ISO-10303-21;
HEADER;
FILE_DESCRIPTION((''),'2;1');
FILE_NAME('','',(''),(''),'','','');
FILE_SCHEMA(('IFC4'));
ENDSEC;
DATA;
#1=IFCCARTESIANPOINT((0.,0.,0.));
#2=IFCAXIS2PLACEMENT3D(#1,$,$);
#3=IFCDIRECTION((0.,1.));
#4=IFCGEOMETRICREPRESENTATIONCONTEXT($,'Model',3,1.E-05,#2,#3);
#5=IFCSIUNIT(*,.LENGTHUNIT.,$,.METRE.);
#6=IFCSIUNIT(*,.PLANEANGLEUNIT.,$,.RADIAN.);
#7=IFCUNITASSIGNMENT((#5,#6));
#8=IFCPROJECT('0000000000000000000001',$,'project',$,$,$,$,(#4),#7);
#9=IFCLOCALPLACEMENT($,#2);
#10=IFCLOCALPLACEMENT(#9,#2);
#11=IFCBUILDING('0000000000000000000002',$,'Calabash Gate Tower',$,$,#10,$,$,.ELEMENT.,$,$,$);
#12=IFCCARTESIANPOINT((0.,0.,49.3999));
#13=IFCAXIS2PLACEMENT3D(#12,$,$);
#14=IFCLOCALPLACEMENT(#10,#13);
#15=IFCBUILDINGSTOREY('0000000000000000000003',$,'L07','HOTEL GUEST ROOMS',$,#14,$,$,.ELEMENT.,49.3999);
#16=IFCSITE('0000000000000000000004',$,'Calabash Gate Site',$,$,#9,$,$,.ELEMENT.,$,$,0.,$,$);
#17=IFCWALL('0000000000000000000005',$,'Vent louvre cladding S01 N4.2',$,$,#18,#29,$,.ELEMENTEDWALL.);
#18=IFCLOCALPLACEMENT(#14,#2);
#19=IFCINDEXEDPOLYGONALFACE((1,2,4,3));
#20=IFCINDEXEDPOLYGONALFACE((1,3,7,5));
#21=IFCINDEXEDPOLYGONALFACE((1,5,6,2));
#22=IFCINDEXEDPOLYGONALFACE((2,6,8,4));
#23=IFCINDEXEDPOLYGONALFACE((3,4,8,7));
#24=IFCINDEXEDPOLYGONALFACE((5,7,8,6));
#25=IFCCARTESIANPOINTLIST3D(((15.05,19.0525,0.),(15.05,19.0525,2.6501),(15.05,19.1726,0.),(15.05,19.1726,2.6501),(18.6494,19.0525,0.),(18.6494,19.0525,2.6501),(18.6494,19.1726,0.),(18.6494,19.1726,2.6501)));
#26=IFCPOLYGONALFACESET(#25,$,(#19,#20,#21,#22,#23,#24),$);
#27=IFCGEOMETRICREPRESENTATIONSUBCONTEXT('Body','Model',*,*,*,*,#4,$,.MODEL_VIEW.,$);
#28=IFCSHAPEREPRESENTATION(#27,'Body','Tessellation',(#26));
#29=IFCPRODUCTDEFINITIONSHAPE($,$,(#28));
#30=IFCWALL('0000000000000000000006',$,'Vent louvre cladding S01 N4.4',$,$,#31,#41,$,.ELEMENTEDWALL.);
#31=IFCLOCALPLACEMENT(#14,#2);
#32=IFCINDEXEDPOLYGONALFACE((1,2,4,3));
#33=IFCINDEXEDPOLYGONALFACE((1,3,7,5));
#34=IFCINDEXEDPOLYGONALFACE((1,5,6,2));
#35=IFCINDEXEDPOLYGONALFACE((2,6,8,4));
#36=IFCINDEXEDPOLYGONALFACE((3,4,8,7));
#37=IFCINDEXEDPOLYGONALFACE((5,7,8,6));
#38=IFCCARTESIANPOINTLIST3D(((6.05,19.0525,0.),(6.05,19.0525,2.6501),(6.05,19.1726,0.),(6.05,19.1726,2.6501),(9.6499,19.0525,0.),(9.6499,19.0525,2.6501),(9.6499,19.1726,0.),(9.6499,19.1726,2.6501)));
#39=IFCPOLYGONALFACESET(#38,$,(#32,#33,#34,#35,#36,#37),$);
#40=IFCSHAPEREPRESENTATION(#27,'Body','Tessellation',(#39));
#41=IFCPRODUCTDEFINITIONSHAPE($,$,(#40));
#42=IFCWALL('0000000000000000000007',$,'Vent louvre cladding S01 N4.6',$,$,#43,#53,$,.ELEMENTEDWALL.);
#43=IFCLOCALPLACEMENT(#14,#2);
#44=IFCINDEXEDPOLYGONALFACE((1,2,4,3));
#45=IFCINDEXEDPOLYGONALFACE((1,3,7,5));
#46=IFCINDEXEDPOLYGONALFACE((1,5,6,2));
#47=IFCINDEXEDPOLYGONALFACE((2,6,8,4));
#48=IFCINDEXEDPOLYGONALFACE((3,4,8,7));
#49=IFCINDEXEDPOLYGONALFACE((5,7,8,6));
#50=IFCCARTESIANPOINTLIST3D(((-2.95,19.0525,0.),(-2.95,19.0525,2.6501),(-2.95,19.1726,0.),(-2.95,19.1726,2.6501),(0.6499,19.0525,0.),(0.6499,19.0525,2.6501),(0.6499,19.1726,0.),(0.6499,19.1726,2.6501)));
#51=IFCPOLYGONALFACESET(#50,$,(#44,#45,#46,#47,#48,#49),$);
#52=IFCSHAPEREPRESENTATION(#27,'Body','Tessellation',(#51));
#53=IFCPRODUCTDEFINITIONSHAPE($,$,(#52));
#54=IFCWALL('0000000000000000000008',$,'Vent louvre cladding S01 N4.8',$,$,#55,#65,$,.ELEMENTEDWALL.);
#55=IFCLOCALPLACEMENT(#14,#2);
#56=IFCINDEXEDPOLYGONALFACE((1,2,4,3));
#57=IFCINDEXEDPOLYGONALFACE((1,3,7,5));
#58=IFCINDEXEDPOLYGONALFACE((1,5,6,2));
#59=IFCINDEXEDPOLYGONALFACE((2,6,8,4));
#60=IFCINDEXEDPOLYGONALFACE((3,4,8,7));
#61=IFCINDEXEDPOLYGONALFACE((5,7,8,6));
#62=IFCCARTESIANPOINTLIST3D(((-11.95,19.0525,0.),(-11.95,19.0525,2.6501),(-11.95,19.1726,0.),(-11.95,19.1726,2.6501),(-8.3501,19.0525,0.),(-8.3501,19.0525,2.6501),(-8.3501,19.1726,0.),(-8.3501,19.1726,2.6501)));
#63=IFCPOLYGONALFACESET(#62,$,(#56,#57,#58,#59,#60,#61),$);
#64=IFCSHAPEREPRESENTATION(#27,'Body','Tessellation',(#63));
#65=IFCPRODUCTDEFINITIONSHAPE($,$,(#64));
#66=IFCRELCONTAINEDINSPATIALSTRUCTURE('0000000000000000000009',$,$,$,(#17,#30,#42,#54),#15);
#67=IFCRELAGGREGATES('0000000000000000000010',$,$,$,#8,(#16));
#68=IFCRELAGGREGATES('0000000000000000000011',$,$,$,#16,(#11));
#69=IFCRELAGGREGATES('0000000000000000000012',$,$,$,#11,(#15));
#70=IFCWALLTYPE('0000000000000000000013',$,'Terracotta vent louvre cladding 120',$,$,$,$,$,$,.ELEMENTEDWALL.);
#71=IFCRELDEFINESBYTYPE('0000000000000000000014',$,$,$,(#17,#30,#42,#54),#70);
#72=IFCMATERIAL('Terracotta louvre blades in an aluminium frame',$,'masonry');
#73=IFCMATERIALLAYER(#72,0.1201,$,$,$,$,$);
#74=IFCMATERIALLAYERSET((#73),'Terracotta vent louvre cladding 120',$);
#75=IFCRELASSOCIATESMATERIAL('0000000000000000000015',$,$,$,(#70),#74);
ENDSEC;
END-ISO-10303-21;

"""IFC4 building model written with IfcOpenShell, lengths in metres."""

from ifc_helpers import new_model, si_unit, direction, frame, origin, place, context, subcontext, project, spatial, polyline, outline, extrude, material, layer, layer_set, type_object, element, save


model = new_model("IFC4")

# Units and contexts
model_context = context("Model", 3, precision=1e-05, world=origin(), true_north=direction((0.0, 1.0)))
body_context = subcontext(model_context, "Body", "Model", "MODEL_VIEW")
ifc_project = project(units=[si_unit("LENGTHUNIT", "METRE"), si_unit("PLANEANGLEUNIT", "RADIAN")], contexts=[model_context])

# Site, building, storey
site_placement = place(None, origin())
site = spatial("IfcSite", under=ifc_project, at=site_placement, Name="Calabash Gate Site", CompositionType="ELEMENT", RefElevation=0.0)
building_placement = place(site_placement, origin())
building = spatial("IfcBuilding", under=site, at=building_placement, Name="Calabash Gate Tower", CompositionType="ELEMENT")
storey_placement = place(building_placement, frame((0.0, 0.0, 49.3999)))
storey = spatial("IfcBuildingStorey", under=building, at=storey_placement, Name="L07", Description="HOTEL GUEST ROOMS", CompositionType="ELEMENT", Elevation=49.3999)

# Walls
ifc_material_1 = material(Name="Terracotta louvre blades in an aluminium frame", Category="masonry")
ifc_layer_1 = layer(ifc_material_1, 0.1201)
ifc_layer_set_1 = layer_set([ifc_layer_1], Name="Terracotta vent louvre cladding 120")
wall_type_1 = type_object("IfcWallType", Name="Terracotta vent louvre cladding 120", PredefinedType="ELEMENTEDWALL", material=ifc_layer_set_1)
wall_1_placement = place(storey_placement, origin())
element("IfcWall", 1, at=wall_1_placement, inside=storey, type_object=wall_type_1, Name="Vent louvre cladding S01 N4.2", PredefinedType="ELEMENTEDWALL", context=body_context, shape_type="SweptSolid", body=[
    extrude(outline(polyline([(15.05, 19.1726), (15.05, 19.0525), (18.6494, 19.0525), (18.6494, 19.1726), (15.05, 19.1726)])), origin(), (0.0, 0.0, 1.0), 2.6501),
])
wall_2_placement = place(storey_placement, origin())
element("IfcWall", 2, at=wall_2_placement, inside=storey, type_object=wall_type_1, Name="Vent louvre cladding S01 N4.4", PredefinedType="ELEMENTEDWALL", context=body_context, shape_type="SweptSolid", body=[
    extrude(outline(polyline([(6.05, 19.1726), (6.05, 19.0525), (9.6499, 19.0525), (9.6499, 19.1726), (6.05, 19.1726)])), origin(), (0.0, 0.0, 1.0), 2.6501),
])
wall_3_placement = place(storey_placement, origin())
element("IfcWall", 3, at=wall_3_placement, inside=storey, type_object=wall_type_1, Name="Vent louvre cladding S01 N4.6", PredefinedType="ELEMENTEDWALL", context=body_context, shape_type="SweptSolid", body=[
    extrude(outline(polyline([(-2.95, 19.1726), (-2.95, 19.0525), (0.6499, 19.0525), (0.6499, 19.1726), (-2.95, 19.1726)])), origin(), (0.0, 0.0, 1.0), 2.6501),
])
wall_4_placement = place(storey_placement, origin())
element("IfcWall", 4, at=wall_4_placement, inside=storey, type_object=wall_type_1, Name="Vent louvre cladding S01 N4.8", PredefinedType="ELEMENTEDWALL", context=body_context, shape_type="SweptSolid", body=[
    extrude(outline(polyline([(-11.95, 19.1726), (-11.95, 19.0525), (-8.3501, 19.0525), (-8.3501, 19.1726), (-11.95, 19.1726)])), origin(), (0.0, 0.0, 1.0), 2.6501),
])

save(model, "model.ifc")
